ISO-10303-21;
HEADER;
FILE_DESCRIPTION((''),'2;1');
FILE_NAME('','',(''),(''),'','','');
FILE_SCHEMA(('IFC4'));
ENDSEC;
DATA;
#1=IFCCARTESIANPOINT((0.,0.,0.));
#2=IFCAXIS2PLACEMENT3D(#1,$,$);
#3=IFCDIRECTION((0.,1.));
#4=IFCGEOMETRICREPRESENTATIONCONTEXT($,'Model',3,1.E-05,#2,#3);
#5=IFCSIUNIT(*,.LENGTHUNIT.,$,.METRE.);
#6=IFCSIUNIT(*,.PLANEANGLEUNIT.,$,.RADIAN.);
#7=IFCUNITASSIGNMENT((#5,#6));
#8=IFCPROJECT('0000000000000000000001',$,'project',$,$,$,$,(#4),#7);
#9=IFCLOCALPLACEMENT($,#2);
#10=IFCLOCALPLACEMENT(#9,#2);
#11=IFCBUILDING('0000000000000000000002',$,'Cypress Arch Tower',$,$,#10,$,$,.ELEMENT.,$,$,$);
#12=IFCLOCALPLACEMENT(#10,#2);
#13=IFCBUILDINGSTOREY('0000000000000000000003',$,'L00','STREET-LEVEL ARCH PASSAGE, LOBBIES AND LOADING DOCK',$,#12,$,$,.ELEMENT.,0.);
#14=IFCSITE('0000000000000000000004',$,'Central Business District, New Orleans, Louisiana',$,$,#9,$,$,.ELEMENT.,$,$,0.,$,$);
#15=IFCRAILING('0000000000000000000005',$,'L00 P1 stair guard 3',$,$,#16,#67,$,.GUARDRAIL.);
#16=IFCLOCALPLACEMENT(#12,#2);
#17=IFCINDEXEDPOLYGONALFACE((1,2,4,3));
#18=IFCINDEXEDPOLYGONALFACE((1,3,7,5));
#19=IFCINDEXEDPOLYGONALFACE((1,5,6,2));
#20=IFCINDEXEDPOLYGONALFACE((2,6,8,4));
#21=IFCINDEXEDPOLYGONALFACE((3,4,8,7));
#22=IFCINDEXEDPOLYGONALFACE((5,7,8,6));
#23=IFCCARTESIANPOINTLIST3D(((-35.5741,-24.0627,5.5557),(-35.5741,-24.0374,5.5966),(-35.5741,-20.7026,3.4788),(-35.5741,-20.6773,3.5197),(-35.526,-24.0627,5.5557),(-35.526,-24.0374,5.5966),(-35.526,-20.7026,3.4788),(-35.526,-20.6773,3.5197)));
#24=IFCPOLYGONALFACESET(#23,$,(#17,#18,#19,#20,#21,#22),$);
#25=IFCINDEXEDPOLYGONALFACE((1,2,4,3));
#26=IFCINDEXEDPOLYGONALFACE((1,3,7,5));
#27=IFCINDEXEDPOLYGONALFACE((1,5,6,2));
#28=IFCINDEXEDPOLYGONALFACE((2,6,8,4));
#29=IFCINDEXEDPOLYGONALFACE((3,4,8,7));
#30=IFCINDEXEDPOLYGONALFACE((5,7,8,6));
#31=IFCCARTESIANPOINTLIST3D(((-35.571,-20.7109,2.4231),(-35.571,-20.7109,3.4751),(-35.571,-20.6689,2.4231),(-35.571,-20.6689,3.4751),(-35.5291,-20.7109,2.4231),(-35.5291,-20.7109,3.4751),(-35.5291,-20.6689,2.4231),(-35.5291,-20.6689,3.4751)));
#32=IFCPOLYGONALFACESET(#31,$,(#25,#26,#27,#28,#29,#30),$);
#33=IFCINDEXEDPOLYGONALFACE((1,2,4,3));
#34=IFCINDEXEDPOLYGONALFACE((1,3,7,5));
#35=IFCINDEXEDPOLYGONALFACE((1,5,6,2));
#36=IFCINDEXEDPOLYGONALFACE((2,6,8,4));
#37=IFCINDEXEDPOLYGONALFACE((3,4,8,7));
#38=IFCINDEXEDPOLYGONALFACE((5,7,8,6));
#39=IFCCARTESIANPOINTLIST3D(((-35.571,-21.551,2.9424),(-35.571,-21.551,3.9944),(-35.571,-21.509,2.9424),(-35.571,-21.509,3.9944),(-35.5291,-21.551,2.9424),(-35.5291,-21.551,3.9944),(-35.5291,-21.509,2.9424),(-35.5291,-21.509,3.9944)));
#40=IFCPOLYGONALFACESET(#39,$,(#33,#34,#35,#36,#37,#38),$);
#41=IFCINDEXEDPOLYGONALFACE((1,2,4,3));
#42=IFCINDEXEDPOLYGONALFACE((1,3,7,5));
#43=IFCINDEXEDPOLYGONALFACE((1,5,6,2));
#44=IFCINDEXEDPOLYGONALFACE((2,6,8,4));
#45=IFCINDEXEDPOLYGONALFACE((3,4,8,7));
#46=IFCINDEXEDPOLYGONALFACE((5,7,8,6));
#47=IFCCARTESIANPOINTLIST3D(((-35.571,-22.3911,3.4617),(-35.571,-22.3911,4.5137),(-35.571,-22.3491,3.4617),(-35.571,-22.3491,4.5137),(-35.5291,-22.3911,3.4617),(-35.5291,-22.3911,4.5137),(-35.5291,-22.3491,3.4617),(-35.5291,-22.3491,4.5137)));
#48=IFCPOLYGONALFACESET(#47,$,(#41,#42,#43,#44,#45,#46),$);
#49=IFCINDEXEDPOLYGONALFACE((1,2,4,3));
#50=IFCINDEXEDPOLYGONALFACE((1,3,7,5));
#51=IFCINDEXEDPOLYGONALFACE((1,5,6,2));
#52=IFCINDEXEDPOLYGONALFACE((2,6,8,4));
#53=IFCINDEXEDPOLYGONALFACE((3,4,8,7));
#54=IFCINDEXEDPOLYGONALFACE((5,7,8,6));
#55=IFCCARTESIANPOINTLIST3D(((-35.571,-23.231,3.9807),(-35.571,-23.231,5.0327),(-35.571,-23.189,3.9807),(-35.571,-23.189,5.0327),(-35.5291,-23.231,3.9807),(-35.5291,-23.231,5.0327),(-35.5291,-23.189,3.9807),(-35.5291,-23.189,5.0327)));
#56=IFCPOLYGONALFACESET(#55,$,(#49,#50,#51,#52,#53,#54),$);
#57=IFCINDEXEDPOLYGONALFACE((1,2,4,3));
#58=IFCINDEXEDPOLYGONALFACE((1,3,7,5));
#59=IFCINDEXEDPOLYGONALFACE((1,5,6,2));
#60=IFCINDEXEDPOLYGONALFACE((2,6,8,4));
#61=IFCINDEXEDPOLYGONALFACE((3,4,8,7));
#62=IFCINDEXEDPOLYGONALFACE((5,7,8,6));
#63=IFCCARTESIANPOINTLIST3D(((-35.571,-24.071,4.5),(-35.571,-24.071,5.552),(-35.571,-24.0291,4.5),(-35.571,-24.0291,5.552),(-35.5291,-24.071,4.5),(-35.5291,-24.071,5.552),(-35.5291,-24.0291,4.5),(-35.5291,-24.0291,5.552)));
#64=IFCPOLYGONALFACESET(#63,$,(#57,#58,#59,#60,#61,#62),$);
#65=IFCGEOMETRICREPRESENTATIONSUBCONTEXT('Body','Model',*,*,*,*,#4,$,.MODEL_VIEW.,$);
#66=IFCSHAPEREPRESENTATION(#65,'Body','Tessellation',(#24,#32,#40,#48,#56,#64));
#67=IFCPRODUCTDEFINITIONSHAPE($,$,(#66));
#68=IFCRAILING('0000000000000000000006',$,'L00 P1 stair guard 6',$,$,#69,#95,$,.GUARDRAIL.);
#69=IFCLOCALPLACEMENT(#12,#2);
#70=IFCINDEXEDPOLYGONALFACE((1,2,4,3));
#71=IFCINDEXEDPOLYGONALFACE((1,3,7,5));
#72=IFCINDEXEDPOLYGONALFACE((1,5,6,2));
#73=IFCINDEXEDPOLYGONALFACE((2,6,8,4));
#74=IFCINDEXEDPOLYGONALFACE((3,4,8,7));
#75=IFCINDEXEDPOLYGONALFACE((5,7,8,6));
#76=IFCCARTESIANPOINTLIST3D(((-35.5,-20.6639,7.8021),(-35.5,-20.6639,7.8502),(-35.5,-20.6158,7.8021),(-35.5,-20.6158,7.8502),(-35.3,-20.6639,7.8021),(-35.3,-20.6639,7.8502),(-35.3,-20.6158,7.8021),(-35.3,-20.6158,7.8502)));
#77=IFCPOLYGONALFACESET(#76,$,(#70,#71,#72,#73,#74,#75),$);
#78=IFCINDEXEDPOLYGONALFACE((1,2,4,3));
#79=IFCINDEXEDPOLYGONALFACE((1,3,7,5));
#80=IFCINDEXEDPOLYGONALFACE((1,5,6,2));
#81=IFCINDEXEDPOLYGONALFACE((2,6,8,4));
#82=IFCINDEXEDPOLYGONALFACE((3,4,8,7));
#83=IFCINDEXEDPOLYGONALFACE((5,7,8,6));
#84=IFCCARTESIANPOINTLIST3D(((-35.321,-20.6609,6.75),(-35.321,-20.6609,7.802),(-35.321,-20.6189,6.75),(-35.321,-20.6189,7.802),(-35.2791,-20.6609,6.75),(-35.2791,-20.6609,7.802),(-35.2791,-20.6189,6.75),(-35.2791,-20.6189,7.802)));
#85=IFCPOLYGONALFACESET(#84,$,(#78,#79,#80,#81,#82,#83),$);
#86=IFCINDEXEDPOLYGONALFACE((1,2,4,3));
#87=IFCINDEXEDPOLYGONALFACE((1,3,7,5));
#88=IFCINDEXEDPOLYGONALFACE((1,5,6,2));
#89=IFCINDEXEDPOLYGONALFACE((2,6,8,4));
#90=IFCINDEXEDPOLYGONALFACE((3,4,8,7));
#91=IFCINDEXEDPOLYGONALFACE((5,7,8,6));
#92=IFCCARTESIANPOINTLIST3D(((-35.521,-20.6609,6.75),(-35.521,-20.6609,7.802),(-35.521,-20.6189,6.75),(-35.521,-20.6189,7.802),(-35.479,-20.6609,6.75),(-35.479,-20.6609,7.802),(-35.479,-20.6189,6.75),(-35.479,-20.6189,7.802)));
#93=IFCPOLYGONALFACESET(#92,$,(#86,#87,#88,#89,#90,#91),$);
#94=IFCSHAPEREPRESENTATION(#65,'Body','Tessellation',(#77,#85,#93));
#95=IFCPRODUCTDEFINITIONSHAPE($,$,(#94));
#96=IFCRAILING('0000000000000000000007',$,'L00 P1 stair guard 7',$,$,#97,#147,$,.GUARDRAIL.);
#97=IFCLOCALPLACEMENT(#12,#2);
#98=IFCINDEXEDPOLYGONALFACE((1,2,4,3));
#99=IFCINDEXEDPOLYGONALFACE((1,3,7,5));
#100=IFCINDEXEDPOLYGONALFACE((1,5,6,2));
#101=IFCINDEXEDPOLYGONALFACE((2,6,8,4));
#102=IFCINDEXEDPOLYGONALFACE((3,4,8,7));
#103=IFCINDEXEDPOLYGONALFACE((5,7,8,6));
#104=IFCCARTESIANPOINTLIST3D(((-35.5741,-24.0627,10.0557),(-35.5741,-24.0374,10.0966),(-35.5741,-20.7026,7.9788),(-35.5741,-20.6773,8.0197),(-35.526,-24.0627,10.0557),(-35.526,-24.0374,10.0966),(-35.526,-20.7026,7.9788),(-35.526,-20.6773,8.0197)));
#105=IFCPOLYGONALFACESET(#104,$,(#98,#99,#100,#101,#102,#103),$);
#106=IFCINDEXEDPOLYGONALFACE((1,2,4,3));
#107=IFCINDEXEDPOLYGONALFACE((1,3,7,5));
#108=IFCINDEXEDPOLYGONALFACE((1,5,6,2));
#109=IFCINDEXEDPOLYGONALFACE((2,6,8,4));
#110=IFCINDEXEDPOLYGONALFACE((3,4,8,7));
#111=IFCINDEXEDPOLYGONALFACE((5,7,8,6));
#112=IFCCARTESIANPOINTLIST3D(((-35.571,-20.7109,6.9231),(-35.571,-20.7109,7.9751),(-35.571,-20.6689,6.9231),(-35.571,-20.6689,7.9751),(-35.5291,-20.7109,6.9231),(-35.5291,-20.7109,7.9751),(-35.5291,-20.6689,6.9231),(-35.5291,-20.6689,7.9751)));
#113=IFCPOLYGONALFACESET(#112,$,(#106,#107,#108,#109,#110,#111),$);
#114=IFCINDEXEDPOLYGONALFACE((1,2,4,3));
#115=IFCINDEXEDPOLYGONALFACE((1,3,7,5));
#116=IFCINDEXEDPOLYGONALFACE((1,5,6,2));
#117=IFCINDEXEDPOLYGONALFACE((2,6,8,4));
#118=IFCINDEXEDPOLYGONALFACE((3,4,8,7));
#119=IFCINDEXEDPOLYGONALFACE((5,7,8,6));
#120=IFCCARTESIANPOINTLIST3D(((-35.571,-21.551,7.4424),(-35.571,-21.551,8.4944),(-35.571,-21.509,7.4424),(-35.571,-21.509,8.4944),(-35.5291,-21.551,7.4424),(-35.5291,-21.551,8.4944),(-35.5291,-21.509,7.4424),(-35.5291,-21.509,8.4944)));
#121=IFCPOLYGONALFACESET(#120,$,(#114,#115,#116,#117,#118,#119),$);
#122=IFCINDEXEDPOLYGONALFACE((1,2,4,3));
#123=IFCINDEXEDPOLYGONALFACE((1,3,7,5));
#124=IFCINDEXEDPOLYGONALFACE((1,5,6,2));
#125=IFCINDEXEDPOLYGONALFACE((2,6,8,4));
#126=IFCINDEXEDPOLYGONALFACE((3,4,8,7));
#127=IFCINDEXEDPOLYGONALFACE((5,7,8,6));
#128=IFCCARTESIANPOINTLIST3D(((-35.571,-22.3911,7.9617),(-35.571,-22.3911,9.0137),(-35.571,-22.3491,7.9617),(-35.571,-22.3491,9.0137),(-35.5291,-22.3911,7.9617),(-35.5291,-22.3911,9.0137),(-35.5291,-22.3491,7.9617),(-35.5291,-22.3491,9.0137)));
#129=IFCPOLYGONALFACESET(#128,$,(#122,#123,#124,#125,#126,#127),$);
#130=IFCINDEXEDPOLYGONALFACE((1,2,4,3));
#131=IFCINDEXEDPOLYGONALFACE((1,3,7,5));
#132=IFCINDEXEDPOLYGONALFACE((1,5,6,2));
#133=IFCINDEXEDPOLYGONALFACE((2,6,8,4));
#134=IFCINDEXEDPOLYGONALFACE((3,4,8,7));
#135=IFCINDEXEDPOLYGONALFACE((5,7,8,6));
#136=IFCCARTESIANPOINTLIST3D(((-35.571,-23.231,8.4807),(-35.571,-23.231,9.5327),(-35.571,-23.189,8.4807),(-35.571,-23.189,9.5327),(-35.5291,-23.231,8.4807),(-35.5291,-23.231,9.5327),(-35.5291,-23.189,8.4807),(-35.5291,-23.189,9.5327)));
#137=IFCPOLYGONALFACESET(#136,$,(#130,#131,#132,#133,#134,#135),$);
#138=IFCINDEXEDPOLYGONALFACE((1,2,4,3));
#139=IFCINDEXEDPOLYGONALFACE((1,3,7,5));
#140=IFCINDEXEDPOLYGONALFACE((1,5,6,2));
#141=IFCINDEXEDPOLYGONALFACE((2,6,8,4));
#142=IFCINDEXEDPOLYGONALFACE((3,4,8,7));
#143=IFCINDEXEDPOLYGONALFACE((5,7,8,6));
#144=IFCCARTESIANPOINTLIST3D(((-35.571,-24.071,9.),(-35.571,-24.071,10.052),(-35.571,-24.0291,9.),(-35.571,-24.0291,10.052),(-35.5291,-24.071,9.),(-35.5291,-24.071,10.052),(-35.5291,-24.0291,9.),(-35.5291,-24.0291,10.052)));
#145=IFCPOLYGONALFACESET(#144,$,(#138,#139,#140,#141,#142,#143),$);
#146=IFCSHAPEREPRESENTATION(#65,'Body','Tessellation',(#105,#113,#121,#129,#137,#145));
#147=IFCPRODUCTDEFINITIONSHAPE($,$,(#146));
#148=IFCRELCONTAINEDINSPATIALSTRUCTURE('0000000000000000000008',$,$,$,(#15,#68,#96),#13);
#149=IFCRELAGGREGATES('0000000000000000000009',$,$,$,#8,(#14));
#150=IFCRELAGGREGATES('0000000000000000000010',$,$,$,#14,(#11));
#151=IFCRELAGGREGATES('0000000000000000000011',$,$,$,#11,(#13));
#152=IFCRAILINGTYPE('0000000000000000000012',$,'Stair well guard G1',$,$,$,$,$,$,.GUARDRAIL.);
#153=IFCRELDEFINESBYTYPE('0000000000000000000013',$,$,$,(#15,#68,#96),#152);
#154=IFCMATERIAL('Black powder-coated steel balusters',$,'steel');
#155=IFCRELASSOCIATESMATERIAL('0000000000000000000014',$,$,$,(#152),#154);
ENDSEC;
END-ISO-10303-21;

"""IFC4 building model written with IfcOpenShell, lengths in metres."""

from ifc_helpers import new_model, si_unit, direction, frame, origin, origin_2d, place, context, subcontext, project, spatial, rectangle, extrude, material, type_object, element, save


model = new_model("IFC4")

# Units and contexts
model_context = context("Model", 3, precision=1e-05, world=origin(), true_north=direction((0.0, 1.0)))
body_context = subcontext(model_context, "Body", "Model", "MODEL_VIEW")
ifc_project = project(units=[si_unit("LENGTHUNIT", "METRE"), si_unit("PLANEANGLEUNIT", "RADIAN")], contexts=[model_context])

# Site, building, storey
site_placement = place(None, origin())
site = spatial("IfcSite", under=ifc_project, at=site_placement, Name="Central Business District, New Orleans, Louisiana", CompositionType="ELEMENT", RefElevation=0.0)
building_placement = place(site_placement, origin())
building = spatial("IfcBuilding", under=site, at=building_placement, Name="Cypress Arch Tower", CompositionType="ELEMENT")
storey_placement = place(building_placement, origin())
storey = spatial("IfcBuildingStorey", under=building, at=storey_placement, Name="L00", Description="STREET-LEVEL ARCH PASSAGE, LOBBIES AND LOADING DOCK", CompositionType="ELEMENT", Elevation=0.0)

# Railings
ifc_material_1 = material(Name="Black powder-coated steel balusters", Category="steel")
railing_type_1 = type_object("IfcRailingType", Name="Stair well guard G1", PredefinedType="GUARDRAIL", material=ifc_material_1)
railing_1_placement = place(storey_placement, frame((-35.55, -20.6899, 2.4231)))
element("IfcRailing", 1, at=railing_1_placement, inside=storey, type_object=railing_type_1, Name="L00 P1 stair guard 3", PredefinedType="GUARDRAIL", context=body_context, shape_type="SweptSolid", body=[
    extrude(rectangle(XDim=0.0481, YDim=0.0481, at=origin_2d()), frame((0.0, 0.0, 1.0762), z_axis=(0.0, -0.850623, 0.525776), x_axis=(1.0, 0.0, 0.0)), (0.0, 0.0, 1.0), 3.9502),
    extrude(rectangle(XDim=0.042, YDim=0.042, at=origin_2d()), origin(), (0.0, 0.0, 1.0), 1.052),
    extrude(rectangle(XDim=0.042, YDim=0.042, at=origin_2d()), frame((0.0, -0.8401, 0.5193)), (0.0, 0.0, 1.0), 1.052),
    extrude(rectangle(XDim=0.042, YDim=0.042, at=origin_2d()), frame((0.0, -1.6802, 1.0386)), (0.0, 0.0, 1.0), 1.052),
    extrude(rectangle(XDim=0.042, YDim=0.042, at=origin_2d()), frame((0.0, -2.52, 1.5576)), (0.0, 0.0, 1.0), 1.052),
    extrude(rectangle(XDim=0.042, YDim=0.042, at=origin_2d()), frame((0.0, -3.3601, 2.0769)), (0.0, 0.0, 1.0), 1.052),
])
railing_2_placement = place(storey_placement, frame((-35.3, -20.6399, 6.75)))
element("IfcRailing", 2, at=railing_2_placement, inside=storey, type_object=railing_type_1, Name="L00 P1 stair guard 6", PredefinedType="GUARDRAIL", context=body_context, shape_type="SweptSolid", body=[
    extrude(rectangle(XDim=0.0481, YDim=0.0481, at=origin_2d()), frame((0.0, 0.0, 1.0762), z_axis=(-1.0, 0.0, 0.0), x_axis=(0.0, -1.0, 0.0)), (0.0, 0.0, 1.0), 0.2),
    extrude(rectangle(XDim=0.042, YDim=0.042, at=origin_2d()), origin(), (0.0, 0.0, 1.0), 1.052),
    extrude(rectangle(XDim=0.042, YDim=0.042, at=origin_2d()), frame((-0.2, 0.0, 0.0)), (0.0, 0.0, 1.0), 1.052),
])
railing_3_placement = place(storey_placement, frame((-35.55, -20.6899, 6.9231)))
element("IfcRailing", 3, at=railing_3_placement, inside=storey, type_object=railing_type_1, Name="L00 P1 stair guard 7", PredefinedType="GUARDRAIL", context=body_context, shape_type="SweptSolid", body=[
    extrude(rectangle(XDim=0.0481, YDim=0.0481, at=origin_2d()), frame((0.0, 0.0, 1.0762), z_axis=(0.0, -0.850623, 0.525776), x_axis=(1.0, 0.0, 0.0)), (0.0, 0.0, 1.0), 3.9502),
    extrude(rectangle(XDim=0.042, YDim=0.042, at=origin_2d()), origin(), (0.0, 0.0, 1.0), 1.052),
    extrude(rectangle(XDim=0.042, YDim=0.042, at=origin_2d()), frame((0.0, -0.8401, 0.5193)), (0.0, 0.0, 1.0), 1.052),
    extrude(rectangle(XDim=0.042, YDim=0.042, at=origin_2d()), frame((0.0, -1.6802, 1.0386)), (0.0, 0.0, 1.0), 1.052),
    extrude(rectangle(XDim=0.042, YDim=0.042, at=origin_2d()), frame((0.0, -2.52, 1.5576)), (0.0, 0.0, 1.0), 1.052),
    extrude(rectangle(XDim=0.042, YDim=0.042, at=origin_2d()), frame((0.0, -3.3601, 2.0769)), (0.0, 0.0, 1.0), 1.052),
])

save(model, "model.ifc")
